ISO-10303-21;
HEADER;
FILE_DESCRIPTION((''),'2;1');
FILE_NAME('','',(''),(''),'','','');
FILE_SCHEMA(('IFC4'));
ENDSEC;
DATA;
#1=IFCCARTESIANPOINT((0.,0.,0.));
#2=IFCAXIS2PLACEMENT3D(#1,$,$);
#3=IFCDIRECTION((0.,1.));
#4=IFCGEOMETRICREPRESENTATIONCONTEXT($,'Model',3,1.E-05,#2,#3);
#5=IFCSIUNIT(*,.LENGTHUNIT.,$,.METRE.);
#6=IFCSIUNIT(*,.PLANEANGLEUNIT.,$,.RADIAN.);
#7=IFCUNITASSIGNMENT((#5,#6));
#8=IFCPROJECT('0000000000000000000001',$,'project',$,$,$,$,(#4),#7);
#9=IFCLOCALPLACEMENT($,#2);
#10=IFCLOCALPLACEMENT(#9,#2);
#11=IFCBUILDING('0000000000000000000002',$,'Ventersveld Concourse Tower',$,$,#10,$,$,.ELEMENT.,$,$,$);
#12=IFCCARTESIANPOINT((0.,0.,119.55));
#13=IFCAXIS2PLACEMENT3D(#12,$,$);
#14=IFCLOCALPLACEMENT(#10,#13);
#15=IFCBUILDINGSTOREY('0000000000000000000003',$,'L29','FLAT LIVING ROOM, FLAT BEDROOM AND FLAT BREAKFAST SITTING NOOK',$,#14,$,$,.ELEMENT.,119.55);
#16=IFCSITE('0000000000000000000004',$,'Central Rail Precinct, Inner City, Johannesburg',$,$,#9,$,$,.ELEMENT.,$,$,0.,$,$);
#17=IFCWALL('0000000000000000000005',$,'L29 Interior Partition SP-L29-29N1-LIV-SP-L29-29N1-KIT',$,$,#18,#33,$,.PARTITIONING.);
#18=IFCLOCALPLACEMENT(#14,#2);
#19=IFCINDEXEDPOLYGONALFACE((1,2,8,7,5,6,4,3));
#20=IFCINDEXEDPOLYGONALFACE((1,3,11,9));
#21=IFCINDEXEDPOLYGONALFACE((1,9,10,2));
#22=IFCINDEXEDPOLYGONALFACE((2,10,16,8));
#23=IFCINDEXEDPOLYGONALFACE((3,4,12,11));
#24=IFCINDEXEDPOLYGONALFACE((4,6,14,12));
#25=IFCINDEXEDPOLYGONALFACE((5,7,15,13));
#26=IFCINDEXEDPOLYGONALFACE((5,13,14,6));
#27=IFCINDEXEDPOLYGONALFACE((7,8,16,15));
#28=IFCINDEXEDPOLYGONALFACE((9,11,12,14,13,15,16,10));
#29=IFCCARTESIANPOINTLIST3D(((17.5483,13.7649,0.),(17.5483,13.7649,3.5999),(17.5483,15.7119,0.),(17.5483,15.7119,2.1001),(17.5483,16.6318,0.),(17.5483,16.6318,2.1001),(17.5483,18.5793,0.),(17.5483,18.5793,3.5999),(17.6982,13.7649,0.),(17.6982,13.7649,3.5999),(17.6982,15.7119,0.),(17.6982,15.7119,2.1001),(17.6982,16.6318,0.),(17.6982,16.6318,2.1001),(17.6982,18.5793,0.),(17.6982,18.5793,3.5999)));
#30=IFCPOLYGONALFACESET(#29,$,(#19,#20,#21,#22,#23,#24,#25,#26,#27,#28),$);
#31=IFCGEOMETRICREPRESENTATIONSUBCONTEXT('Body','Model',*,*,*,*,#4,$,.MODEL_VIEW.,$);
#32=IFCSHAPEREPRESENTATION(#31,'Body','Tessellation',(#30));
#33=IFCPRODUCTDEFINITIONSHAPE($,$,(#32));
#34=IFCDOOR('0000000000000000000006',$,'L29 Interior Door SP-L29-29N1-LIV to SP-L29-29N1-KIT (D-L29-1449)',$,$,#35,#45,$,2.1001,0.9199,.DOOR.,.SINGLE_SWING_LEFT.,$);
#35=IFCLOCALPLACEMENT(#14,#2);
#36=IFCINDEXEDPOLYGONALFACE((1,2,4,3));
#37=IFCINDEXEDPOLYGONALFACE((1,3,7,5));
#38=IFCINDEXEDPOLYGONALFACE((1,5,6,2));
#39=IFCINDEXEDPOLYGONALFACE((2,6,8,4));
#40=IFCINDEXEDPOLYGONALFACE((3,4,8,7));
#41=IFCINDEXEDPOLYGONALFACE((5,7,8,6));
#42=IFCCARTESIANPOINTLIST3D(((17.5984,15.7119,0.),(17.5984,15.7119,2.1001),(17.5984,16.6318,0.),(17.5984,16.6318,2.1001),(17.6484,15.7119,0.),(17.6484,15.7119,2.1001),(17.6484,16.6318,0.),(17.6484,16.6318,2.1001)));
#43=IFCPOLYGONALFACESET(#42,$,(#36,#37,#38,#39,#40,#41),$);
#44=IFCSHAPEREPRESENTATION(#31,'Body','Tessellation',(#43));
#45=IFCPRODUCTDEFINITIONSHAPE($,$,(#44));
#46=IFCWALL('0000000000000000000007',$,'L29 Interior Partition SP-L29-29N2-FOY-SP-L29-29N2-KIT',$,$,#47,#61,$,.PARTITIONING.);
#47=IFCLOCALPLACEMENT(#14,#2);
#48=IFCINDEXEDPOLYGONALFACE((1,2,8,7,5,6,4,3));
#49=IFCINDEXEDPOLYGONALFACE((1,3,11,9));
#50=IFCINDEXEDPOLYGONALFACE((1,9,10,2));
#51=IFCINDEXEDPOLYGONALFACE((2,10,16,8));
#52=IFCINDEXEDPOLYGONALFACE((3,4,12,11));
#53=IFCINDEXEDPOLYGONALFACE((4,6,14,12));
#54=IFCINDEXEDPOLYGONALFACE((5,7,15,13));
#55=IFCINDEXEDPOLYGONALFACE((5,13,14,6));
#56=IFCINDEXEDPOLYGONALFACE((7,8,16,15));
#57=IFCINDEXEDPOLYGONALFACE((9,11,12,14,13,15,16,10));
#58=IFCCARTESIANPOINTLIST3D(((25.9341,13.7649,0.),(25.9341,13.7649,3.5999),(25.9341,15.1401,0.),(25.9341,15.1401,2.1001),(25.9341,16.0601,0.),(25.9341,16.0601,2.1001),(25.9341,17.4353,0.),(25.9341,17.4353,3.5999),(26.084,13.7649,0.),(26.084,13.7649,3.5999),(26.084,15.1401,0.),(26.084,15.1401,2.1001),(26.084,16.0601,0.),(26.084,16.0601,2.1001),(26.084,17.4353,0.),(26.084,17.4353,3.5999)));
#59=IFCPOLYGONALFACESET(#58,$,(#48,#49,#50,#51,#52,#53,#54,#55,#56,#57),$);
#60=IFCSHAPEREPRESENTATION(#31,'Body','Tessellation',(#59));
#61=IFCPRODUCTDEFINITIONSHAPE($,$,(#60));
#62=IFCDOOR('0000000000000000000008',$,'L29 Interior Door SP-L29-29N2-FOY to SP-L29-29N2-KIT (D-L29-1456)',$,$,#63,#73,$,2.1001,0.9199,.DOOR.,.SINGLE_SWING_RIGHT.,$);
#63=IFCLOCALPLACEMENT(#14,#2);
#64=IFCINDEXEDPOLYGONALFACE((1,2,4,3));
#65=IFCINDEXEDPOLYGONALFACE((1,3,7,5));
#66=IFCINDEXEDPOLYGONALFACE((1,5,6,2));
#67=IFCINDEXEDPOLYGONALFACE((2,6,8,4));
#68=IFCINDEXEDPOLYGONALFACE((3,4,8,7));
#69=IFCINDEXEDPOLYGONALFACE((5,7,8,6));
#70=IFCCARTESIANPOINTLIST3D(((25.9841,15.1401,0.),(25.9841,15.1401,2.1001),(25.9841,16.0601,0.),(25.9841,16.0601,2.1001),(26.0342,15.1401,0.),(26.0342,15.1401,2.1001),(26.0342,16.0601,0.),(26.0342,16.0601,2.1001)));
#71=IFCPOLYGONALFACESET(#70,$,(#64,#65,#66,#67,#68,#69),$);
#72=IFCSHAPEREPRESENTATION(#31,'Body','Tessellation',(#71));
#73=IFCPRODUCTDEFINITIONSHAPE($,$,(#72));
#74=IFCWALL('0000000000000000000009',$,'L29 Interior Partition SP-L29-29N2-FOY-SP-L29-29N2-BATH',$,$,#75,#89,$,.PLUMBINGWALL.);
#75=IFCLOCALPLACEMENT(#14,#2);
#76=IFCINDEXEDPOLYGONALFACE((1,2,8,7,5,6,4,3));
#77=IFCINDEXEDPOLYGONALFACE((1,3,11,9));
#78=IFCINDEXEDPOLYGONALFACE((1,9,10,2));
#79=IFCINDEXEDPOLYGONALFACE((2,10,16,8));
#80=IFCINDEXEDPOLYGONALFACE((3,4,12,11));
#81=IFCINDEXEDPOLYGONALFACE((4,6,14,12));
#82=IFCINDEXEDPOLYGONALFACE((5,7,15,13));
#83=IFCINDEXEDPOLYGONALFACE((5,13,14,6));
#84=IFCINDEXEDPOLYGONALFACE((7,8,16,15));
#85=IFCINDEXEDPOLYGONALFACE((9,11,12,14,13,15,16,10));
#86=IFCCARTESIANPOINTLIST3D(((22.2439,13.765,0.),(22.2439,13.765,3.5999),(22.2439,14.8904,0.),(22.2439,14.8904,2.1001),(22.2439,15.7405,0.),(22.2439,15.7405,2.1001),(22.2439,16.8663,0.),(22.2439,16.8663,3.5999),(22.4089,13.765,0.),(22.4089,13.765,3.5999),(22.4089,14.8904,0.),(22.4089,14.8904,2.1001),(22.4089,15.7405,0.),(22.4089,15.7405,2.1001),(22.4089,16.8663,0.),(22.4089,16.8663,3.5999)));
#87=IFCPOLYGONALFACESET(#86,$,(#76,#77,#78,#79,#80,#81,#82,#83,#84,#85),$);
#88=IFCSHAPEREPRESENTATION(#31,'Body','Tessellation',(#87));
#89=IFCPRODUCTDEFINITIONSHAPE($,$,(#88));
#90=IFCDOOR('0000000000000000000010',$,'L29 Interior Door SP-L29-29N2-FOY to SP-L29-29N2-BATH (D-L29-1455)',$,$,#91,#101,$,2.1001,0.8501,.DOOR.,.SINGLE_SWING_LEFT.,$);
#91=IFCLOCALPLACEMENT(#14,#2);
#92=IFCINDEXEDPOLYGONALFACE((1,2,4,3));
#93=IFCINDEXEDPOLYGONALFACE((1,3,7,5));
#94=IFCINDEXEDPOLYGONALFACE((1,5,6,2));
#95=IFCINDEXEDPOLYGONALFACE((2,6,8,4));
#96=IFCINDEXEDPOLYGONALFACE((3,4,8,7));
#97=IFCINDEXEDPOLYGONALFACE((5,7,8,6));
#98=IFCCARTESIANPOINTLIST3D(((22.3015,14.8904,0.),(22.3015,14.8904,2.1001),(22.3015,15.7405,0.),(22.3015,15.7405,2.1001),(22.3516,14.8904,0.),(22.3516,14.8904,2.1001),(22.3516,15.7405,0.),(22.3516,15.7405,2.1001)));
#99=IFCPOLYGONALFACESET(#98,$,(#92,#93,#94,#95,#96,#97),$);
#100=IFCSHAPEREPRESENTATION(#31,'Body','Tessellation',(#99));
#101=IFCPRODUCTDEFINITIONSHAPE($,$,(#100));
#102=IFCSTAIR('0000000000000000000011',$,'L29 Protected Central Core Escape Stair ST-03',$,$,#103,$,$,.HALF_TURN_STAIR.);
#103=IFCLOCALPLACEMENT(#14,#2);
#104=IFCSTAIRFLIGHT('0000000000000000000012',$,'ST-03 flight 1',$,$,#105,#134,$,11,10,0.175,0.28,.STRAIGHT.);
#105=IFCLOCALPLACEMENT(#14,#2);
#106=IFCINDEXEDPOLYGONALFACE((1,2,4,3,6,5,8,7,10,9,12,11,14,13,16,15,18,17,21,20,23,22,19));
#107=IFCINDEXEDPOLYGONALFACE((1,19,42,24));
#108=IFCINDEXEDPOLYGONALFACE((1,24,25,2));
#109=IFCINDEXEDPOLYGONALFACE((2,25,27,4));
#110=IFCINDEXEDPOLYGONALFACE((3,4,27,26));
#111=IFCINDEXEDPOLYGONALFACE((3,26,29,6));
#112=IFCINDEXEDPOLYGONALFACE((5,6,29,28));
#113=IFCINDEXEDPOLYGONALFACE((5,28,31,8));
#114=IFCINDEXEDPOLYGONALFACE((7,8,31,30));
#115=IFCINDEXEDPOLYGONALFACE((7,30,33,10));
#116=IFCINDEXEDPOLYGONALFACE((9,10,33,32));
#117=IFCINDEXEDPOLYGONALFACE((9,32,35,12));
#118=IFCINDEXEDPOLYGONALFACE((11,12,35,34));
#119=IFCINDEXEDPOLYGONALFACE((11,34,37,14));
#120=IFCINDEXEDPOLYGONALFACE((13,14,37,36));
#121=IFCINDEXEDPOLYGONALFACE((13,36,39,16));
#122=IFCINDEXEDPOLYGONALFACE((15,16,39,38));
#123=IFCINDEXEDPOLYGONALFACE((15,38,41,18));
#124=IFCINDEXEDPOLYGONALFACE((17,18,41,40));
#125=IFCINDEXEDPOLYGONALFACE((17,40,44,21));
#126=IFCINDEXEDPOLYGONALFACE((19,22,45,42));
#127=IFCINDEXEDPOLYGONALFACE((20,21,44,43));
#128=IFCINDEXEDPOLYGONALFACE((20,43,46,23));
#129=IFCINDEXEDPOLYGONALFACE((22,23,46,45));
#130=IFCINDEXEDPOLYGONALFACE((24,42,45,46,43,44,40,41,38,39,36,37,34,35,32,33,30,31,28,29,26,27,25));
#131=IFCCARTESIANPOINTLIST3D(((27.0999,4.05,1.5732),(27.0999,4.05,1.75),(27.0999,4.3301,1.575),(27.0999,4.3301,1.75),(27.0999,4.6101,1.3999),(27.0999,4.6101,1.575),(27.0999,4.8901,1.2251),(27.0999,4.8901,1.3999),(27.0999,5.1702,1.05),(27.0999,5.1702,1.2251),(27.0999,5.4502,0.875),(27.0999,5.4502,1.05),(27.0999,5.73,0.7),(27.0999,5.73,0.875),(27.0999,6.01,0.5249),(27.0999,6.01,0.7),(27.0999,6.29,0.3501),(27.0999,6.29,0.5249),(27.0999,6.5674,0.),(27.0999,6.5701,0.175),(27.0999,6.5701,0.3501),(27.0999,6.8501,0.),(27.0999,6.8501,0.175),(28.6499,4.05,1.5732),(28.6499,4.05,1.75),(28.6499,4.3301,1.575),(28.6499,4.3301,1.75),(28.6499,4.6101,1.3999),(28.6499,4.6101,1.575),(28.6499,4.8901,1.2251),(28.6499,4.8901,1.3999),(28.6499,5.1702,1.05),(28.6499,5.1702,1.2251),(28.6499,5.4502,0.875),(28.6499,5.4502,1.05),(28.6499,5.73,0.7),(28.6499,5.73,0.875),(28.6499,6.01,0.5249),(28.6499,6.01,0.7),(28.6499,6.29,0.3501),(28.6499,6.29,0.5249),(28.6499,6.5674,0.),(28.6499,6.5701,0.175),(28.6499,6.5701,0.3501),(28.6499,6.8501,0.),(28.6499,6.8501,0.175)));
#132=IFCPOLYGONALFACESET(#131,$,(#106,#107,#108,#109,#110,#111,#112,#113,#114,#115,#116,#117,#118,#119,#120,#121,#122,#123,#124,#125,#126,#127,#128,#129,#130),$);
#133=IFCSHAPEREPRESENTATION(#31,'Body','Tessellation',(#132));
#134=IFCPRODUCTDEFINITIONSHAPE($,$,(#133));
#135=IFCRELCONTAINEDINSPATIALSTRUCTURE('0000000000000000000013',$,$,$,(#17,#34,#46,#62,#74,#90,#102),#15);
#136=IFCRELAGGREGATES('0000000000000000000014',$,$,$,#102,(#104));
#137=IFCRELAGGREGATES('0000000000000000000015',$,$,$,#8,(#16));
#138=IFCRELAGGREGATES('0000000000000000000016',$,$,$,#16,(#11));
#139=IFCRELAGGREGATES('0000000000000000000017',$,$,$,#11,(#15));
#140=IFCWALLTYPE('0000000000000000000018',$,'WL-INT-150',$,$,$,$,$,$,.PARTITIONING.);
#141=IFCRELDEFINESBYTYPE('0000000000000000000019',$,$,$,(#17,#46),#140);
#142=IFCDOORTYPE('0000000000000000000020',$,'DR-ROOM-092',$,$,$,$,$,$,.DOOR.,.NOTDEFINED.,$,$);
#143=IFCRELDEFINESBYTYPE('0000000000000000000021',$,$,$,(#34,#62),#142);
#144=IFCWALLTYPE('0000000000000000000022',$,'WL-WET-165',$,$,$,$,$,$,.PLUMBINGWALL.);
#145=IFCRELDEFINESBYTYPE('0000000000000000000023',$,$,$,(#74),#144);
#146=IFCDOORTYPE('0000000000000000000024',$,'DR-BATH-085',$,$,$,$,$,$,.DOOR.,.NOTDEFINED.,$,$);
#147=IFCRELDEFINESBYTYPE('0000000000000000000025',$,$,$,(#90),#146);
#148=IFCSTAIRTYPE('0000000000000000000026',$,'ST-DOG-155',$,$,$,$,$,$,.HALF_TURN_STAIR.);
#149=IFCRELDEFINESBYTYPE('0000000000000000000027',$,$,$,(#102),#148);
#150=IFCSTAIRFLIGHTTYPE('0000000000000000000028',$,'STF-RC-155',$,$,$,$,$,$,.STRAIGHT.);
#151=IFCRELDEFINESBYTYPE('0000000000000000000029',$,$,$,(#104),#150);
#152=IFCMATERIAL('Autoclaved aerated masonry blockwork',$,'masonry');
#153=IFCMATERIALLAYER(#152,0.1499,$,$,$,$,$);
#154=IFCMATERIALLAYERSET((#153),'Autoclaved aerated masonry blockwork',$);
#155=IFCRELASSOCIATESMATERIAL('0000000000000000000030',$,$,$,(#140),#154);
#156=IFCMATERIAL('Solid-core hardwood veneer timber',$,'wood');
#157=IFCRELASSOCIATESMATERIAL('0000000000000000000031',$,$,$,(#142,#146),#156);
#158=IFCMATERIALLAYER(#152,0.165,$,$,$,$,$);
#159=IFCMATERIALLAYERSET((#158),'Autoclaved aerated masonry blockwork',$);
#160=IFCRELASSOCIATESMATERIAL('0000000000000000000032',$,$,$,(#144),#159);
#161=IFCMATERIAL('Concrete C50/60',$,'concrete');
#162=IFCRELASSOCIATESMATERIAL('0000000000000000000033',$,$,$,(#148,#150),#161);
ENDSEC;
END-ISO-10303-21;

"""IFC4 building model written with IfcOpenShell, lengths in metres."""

from ifc_helpers import new_model, si_unit, direction, frame, frame_2d, origin, place, context, subcontext, project, spatial, polyline, rectangle, outline, extrude, material, layer, layer_set, type_object, element, fill, aggregate, save


model = new_model("IFC4")

# Units and contexts
model_context = context("Model", 3, precision=1e-05, world=origin(), true_north=direction((0.0, 1.0)))
body_context = subcontext(model_context, "Body", "Model", "MODEL_VIEW")
ifc_project = project(units=[si_unit("LENGTHUNIT", "METRE"), si_unit("PLANEANGLEUNIT", "RADIAN")], contexts=[model_context])

# Site, building, storey
site_placement = place(None, origin())
site = spatial("IfcSite", under=ifc_project, at=site_placement, Name="Central Rail Precinct, Inner City, Johannesburg", CompositionType="ELEMENT", RefElevation=0.0)
building_placement = place(site_placement, origin())
building = spatial("IfcBuilding", under=site, at=building_placement, Name="Ventersveld Concourse Tower", CompositionType="ELEMENT")
storey_placement = place(building_placement, frame((0.0, 0.0, 119.55)))
storey = spatial("IfcBuildingStorey", under=building, at=storey_placement, Name="L29", Description="FLAT LIVING ROOM, FLAT BEDROOM AND FLAT BREAKFAST SITTING NOOK", CompositionType="ELEMENT", Elevation=119.55)

# Shared definitions
ifc_material_1 = material(Name="Concrete C50/60", Category="concrete")

# Walls, openings, doors
ifc_material_2 = material(Name="Autoclaved aerated masonry blockwork", Category="masonry")
ifc_layer_1 = layer(ifc_material_2, 0.1499)
ifc_layer_set_1 = layer_set([ifc_layer_1], Name="Autoclaved aerated masonry blockwork")
wall_type_1 = type_object("IfcWallType", Name="WL-INT-150", PredefinedType="PARTITIONING", material=ifc_layer_set_1)
wall_1_placement = place(storey_placement, frame((17.6233, 13.7649, 0.0), z_axis=(0.0, 0.0, 1.0), x_axis=(0.0, 1.0, 0.0)))
wall_1 = element("IfcWall", 1, at=wall_1_placement, inside=storey, type_object=wall_type_1, Name="L29 Interior Partition SP-L29-29N1-LIV-SP-L29-29N1-KIT", PredefinedType="PARTITIONING", context=body_context, shape_type="SweptSolid", body=[
    extrude(rectangle(XDim=4.8145, YDim=0.1499, at=frame_2d((2.4072, 0.0))), origin(), (0.0, 0.0, 1.0), 3.5999),
])
opening_1_placement = place(wall_1_placement, frame((1.947, 0.0, 0.0)))
opening_1 = element("IfcOpeningElement", 2, at=opening_1_placement, cuts=wall_1, PredefinedType="OPENING", context=body_context, shape_type="SweptSolid", body=[
    extrude(rectangle(XDim=0.9199, YDim=2.1001, at=frame_2d((0.46, 1.05))), frame((0.0, 0.085, 0.0), z_axis=(0.0, -1.0, 0.0), x_axis=(1.0, 0.0, 0.0)), (0.0, 0.0, 1.0), 0.1699),
])
ifc_material_3 = material(Name="Solid-core hardwood veneer timber", Category="wood")
door_type_1 = type_object("IfcDoorType", Name="DR-ROOM-092", OperationType="NOTDEFINED", PredefinedType="DOOR", material=ifc_material_3)
door_1_placement = place(opening_1_placement, origin())
door_1 = element("IfcDoor", 3, at=door_1_placement, inside=storey, type_object=door_type_1, Name="L29 Interior Door SP-L29-29N1-LIV to SP-L29-29N1-KIT (D-L29-1449)", OperationType="SINGLE_SWING_LEFT", OverallHeight=2.1001, OverallWidth=0.9199, PredefinedType="DOOR", context=body_context, shape_type="SweptSolid", body=[
    extrude(rectangle(XDim=0.9199, YDim=2.1001, at=frame_2d((0.46, 1.05))), frame((0.0, 0.0249, 0.0), z_axis=(0.0, -1.0, 0.0), x_axis=(1.0, 0.0, 0.0)), (0.0, 0.0, 1.0), 0.05),
])
fill(opening_1, door_1)
wall_2_placement = place(storey_placement, frame((26.009, 13.7649, 0.0), z_axis=(0.0, 0.0, 1.0), x_axis=(0.0, 1.0, 0.0)))
wall_2 = element("IfcWall", 4, at=wall_2_placement, inside=storey, type_object=wall_type_1, Name="L29 Interior Partition SP-L29-29N2-FOY-SP-L29-29N2-KIT", PredefinedType="PARTITIONING", context=body_context, shape_type="SweptSolid", body=[
    extrude(rectangle(XDim=3.6704, YDim=0.1499, at=frame_2d((1.8352, 0.0))), origin(), (0.0, 0.0, 1.0), 3.5999),
])
opening_2_placement = place(wall_2_placement, frame((1.3752, 0.0, 0.0)))
opening_2 = element("IfcOpeningElement", 5, at=opening_2_placement, cuts=wall_2, PredefinedType="OPENING", context=body_context, shape_type="SweptSolid", body=[
    extrude(rectangle(XDim=0.9199, YDim=2.1001, at=frame_2d((0.46, 1.05))), frame((0.0, 0.085, 0.0), z_axis=(0.0, -1.0, 0.0), x_axis=(1.0, 0.0, 0.0)), (0.0, 0.0, 1.0), 0.1699),
])
door_2_placement = place(opening_2_placement, origin())
door_2 = element("IfcDoor", 6, at=door_2_placement, inside=storey, type_object=door_type_1, Name="L29 Interior Door SP-L29-29N2-FOY to SP-L29-29N2-KIT (D-L29-1456)", OperationType="SINGLE_SWING_RIGHT", OverallHeight=2.1001, OverallWidth=0.9199, PredefinedType="DOOR", context=body_context, shape_type="SweptSolid", body=[
    extrude(rectangle(XDim=0.9199, YDim=2.1001, at=frame_2d((0.46, 1.05))), frame((0.0, 0.0249, 0.0), z_axis=(0.0, -1.0, 0.0), x_axis=(1.0, 0.0, 0.0)), (0.0, 0.0, 1.0), 0.05),
])
fill(opening_2, door_2)
ifc_layer_2 = layer(ifc_material_2, 0.165)
ifc_layer_set_2 = layer_set([ifc_layer_2], Name="Autoclaved aerated masonry blockwork")
wall_type_2 = type_object("IfcWallType", Name="WL-WET-165", PredefinedType="PLUMBINGWALL", material=ifc_layer_set_2)
wall_3_placement = place(storey_placement, frame((22.3264, 13.7649, 0.0), z_axis=(0.0, 0.0, 1.0), x_axis=(0.0, 1.0, 0.0)))
wall_3 = element("IfcWall", 7, at=wall_3_placement, inside=storey, type_object=wall_type_2, Name="L29 Interior Partition SP-L29-29N2-FOY-SP-L29-29N2-BATH", PredefinedType="PLUMBINGWALL", context=body_context, shape_type="SweptSolid", body=[
    extrude(rectangle(XDim=3.1013, YDim=0.165, at=frame_2d((1.5508, 0.0))), origin(), (0.0, 0.0, 1.0), 3.5999),
])
opening_3_placement = place(wall_3_placement, frame((1.1255, 0.0, 0.0)))
opening_3 = element("IfcOpeningElement", 8, at=opening_3_placement, cuts=wall_3, PredefinedType="OPENING", context=body_context, shape_type="SweptSolid", body=[
    extrude(rectangle(XDim=0.8501, YDim=2.1001, at=frame_2d((0.425, 1.05))), frame((0.0, 0.0925, 0.0), z_axis=(0.0, -1.0, 0.0), x_axis=(1.0, 0.0, 0.0)), (0.0, 0.0, 1.0), 0.1851),
])
door_type_2 = type_object("IfcDoorType", Name="DR-BATH-085", OperationType="NOTDEFINED", PredefinedType="DOOR", material=ifc_material_3)
door_3_placement = place(opening_3_placement, origin())
door_3 = element("IfcDoor", 9, at=door_3_placement, inside=storey, type_object=door_type_2, Name="L29 Interior Door SP-L29-29N2-FOY to SP-L29-29N2-BATH (D-L29-1455)", OperationType="SINGLE_SWING_LEFT", OverallHeight=2.1001, OverallWidth=0.8501, PredefinedType="DOOR", context=body_context, shape_type="SweptSolid", body=[
    extrude(rectangle(XDim=0.8501, YDim=2.1001, at=frame_2d((0.425, 1.05))), frame((0.0, 0.0249, 0.0), z_axis=(0.0, -1.0, 0.0), x_axis=(1.0, 0.0, 0.0)), (0.0, 0.0, 1.0), 0.05),
])
fill(opening_3, door_3)

# Stair, stair flight
stair_type = type_object("IfcStairType", Name="ST-DOG-155", PredefinedType="HALF_TURN_STAIR", material=ifc_material_1)
stair_placement = place(storey_placement, origin())
stair = element("IfcStair", 10, at=stair_placement, inside=storey, type_object=stair_type, Name="L29 Protected Central Core Escape Stair ST-03", PredefinedType="HALF_TURN_STAIR")
stair_flight_type = type_object("IfcStairFlightType", Name="STF-RC-155", PredefinedType="STRAIGHT", material=ifc_material_1)
stair_flight_placement = place(storey_placement, frame((27.875, 6.8501, 0.0), z_axis=(0.0, 0.0, 1.0), x_axis=(0.0, -1.0, 0.0)))
stair_flight = element("IfcStairFlight", 11, at=stair_flight_placement, type_object=stair_flight_type, Name="ST-03 flight 1", NumberOfRisers=11, NumberOfTreads=10, PredefinedType="STRAIGHT", RiserHeight=0.175, TreadLength=0.28, context=body_context, shape_type="SweptSolid", body=[
    extrude(outline(polyline([(0.0, 0.0), (0.0, 0.175), (0.28, 0.175), (0.28, 0.3501), (0.5601, 0.3501), (0.5601, 0.5249), (0.8401, 0.5249), (0.8401, 0.7), (1.1201, 0.7), (1.1201, 0.875), (1.3999, 0.875), (1.3999, 1.05), (1.6799, 1.05), (1.6799, 1.2251), (1.96, 1.2251), (1.96, 1.3999), (2.24, 1.3999), (2.24, 1.575), (2.52, 1.575), (2.52, 1.75), (2.8, 1.75), (2.8, 1.925), (2.8, 1.5732), (0.2827, 0.0), (0.0, 0.0)])), frame((0.0, 0.7749, 0.0), z_axis=(0.0, -1.0, 0.0), x_axis=(1.0, 0.0, 0.0)), (0.0, 0.0, 1.0), 1.55),
])
aggregate(stair, [stair_flight])

save(model, "model.ifc")
